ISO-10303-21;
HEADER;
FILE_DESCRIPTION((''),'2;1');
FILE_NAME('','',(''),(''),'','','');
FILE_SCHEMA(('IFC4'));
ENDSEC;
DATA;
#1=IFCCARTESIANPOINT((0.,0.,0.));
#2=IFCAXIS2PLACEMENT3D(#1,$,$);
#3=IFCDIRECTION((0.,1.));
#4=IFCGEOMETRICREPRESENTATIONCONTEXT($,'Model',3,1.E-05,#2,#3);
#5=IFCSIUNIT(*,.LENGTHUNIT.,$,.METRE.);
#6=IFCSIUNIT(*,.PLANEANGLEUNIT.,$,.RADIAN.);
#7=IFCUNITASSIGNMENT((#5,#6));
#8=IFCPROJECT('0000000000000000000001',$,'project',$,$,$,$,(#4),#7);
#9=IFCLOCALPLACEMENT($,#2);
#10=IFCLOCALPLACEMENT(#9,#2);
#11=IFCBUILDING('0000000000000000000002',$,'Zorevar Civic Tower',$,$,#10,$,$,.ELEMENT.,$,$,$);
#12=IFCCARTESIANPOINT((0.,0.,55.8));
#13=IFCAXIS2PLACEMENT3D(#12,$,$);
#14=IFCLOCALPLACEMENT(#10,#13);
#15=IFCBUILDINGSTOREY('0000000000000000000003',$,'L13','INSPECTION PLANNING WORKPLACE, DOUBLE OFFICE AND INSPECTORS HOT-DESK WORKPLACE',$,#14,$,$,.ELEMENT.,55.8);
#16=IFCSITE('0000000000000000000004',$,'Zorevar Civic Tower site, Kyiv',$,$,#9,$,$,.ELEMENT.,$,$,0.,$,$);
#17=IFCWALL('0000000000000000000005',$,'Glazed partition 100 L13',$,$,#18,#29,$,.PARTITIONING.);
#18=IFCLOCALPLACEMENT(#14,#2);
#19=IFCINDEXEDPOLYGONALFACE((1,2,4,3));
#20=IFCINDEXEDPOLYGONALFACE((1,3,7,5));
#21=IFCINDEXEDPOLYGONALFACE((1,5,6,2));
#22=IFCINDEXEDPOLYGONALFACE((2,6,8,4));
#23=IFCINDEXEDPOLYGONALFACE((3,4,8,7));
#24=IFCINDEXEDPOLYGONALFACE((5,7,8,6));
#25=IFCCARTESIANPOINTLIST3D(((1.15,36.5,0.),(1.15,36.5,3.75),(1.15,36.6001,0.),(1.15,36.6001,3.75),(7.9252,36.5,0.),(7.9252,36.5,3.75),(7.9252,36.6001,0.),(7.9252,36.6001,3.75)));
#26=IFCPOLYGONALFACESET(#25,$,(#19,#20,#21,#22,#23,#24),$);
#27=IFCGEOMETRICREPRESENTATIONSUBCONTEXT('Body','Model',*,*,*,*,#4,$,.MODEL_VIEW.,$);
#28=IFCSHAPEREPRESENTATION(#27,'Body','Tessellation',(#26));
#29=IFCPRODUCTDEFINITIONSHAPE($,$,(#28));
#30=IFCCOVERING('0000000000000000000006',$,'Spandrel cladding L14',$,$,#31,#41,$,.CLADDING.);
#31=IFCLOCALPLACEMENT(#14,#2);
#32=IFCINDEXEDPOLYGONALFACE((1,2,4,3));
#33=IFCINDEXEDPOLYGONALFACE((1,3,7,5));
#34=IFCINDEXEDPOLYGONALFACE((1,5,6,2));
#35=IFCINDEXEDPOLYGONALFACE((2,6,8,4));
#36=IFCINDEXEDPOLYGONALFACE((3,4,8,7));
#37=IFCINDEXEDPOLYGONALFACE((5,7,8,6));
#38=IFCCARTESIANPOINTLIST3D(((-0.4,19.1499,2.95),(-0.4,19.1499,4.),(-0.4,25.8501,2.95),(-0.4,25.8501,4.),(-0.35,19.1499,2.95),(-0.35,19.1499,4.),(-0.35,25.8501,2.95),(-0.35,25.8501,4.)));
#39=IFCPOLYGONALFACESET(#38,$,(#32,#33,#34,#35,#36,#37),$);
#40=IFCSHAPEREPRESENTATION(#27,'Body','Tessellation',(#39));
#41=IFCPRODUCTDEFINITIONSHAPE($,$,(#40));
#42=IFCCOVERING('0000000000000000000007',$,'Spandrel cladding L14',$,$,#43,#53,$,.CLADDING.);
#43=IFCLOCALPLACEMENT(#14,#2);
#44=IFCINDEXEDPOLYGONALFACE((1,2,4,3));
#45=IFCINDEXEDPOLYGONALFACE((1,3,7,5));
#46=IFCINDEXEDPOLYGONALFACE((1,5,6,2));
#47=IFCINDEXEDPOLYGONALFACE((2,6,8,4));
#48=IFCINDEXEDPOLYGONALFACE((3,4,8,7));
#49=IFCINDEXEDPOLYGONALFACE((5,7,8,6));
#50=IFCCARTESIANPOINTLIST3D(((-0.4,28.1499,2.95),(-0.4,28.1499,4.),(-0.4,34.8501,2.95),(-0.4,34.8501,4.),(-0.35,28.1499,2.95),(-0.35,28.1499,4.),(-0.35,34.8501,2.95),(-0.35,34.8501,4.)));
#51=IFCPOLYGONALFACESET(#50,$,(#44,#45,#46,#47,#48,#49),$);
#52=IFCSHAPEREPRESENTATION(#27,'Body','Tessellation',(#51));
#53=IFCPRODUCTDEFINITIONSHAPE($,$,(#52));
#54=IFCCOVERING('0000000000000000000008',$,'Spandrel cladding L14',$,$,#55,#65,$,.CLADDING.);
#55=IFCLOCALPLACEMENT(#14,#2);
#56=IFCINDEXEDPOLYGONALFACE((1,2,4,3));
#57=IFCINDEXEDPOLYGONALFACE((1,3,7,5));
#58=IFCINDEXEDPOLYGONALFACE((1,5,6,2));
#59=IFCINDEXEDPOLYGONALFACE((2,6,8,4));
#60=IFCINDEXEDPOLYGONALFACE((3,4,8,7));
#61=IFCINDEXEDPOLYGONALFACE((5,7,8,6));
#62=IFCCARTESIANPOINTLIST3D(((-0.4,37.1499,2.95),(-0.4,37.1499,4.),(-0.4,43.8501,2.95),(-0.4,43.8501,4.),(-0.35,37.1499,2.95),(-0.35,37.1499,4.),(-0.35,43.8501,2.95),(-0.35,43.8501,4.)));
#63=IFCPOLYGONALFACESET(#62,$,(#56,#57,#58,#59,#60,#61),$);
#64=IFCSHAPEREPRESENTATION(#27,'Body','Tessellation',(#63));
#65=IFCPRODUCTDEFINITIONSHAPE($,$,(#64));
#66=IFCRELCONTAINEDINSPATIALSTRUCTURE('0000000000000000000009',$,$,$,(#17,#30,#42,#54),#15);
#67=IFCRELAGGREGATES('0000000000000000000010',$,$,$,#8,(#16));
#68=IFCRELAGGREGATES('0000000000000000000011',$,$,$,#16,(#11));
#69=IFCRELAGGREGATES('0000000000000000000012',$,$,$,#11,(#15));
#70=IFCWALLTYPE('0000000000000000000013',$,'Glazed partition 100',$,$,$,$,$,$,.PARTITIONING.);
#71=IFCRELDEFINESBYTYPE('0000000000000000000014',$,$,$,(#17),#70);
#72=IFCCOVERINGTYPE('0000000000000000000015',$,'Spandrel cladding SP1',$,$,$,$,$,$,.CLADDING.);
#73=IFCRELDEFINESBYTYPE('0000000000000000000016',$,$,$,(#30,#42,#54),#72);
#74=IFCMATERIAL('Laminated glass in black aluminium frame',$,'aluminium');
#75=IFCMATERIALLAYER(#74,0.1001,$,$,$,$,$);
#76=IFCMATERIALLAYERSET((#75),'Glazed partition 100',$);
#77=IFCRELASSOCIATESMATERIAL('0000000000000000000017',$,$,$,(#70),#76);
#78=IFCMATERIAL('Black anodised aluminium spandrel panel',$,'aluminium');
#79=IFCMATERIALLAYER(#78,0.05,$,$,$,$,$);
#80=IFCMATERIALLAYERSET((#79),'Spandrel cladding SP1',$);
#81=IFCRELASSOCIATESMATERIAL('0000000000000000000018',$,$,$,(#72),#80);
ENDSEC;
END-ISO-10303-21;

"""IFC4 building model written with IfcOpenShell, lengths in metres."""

from ifc_helpers import new_model, si_unit, direction, frame, frame_2d, origin, place, context, subcontext, project, spatial, rectangle, extrude, material, layer, layer_set, type_object, element, save


model = new_model("IFC4")

# Units and contexts
model_context = context("Model", 3, precision=1e-05, world=origin(), true_north=direction((0.0, 1.0)))
body_context = subcontext(model_context, "Body", "Model", "MODEL_VIEW")
ifc_project = project(units=[si_unit("LENGTHUNIT", "METRE"), si_unit("PLANEANGLEUNIT", "RADIAN")], contexts=[model_context])

# Site, building, storey
site_placement = place(None, origin())
site = spatial("IfcSite", under=ifc_project, at=site_placement, Name="Zorevar Civic Tower site, Kyiv", CompositionType="ELEMENT", RefElevation=0.0)
building_placement = place(site_placement, origin())
building = spatial("IfcBuilding", under=site, at=building_placement, Name="Zorevar Civic Tower", CompositionType="ELEMENT")
storey_placement = place(building_placement, frame((0.0, 0.0, 55.8)))
storey = spatial("IfcBuildingStorey", under=building, at=storey_placement, Name="L13", Description="INSPECTION PLANNING WORKPLACE, DOUBLE OFFICE AND INSPECTORS HOT-DESK WORKPLACE", CompositionType="ELEMENT", Elevation=55.8)

# Wall
ifc_material_1 = material(Name="Laminated glass in black aluminium frame", Category="aluminium")
ifc_layer_1 = layer(ifc_material_1, 0.1001)
ifc_layer_set_1 = layer_set([ifc_layer_1], Name="Glazed partition 100")
wall_type = type_object("IfcWallType", Name="Glazed partition 100", PredefinedType="PARTITIONING", material=ifc_layer_set_1)
wall_placement = place(storey_placement, frame((1.1499, 36.55, 0.0), z_axis=(0.0, 0.0, 1.0), x_axis=(1.0, 0.0, 0.0)))
element("IfcWall", 1, at=wall_placement, inside=storey, type_object=wall_type, Name="Glazed partition 100 L13", PredefinedType="PARTITIONING", context=body_context, shape_type="SweptSolid", body=[
    extrude(rectangle(XDim=6.7751, YDim=0.1001, at=frame_2d((3.3877, 0.0))), origin(), (0.0, 0.0, 1.0), 3.75),
])

# Coverings
ifc_material_2 = material(Name="Black anodised aluminium spandrel panel", Category="aluminium")
ifc_layer_2 = layer(ifc_material_2, 0.05)
ifc_layer_set_2 = layer_set([ifc_layer_2], Name="Spandrel cladding SP1")
covering_type = type_object("IfcCoveringType", Name="Spandrel cladding SP1", PredefinedType="CLADDING", material=ifc_layer_set_2)
for number, where, z_axis, x_axis, name in (
    (2, (-0.375, 19.1499, 2.95), (0.0, 0.0, 1.0), (0.0, 1.0, 0.0), "Spandrel cladding L14"),
    (3, (-0.375, 28.1499, 2.95), (0.0, 0.0, 1.0), (0.0, 1.0, 0.0), "Spandrel cladding L14"),
    (4, (-0.375, 37.1499, 2.95), (0.0, 0.0, 1.0), (0.0, 1.0, 0.0), "Spandrel cladding L14"),
):
    element("IfcCovering", number, at=place(storey_placement, frame(where, z_axis=z_axis, x_axis=x_axis)), inside=storey, type_object=covering_type, Name=name, PredefinedType="CLADDING", context=body_context, shape_type="SweptSolid", body=[
        extrude(rectangle(XDim=6.7002, YDim=0.05, at=frame_2d((3.3501, 0.0))), origin(), (0.0, 0.0, 1.0), 1.05),
    ])

save(model, "model.ifc")
